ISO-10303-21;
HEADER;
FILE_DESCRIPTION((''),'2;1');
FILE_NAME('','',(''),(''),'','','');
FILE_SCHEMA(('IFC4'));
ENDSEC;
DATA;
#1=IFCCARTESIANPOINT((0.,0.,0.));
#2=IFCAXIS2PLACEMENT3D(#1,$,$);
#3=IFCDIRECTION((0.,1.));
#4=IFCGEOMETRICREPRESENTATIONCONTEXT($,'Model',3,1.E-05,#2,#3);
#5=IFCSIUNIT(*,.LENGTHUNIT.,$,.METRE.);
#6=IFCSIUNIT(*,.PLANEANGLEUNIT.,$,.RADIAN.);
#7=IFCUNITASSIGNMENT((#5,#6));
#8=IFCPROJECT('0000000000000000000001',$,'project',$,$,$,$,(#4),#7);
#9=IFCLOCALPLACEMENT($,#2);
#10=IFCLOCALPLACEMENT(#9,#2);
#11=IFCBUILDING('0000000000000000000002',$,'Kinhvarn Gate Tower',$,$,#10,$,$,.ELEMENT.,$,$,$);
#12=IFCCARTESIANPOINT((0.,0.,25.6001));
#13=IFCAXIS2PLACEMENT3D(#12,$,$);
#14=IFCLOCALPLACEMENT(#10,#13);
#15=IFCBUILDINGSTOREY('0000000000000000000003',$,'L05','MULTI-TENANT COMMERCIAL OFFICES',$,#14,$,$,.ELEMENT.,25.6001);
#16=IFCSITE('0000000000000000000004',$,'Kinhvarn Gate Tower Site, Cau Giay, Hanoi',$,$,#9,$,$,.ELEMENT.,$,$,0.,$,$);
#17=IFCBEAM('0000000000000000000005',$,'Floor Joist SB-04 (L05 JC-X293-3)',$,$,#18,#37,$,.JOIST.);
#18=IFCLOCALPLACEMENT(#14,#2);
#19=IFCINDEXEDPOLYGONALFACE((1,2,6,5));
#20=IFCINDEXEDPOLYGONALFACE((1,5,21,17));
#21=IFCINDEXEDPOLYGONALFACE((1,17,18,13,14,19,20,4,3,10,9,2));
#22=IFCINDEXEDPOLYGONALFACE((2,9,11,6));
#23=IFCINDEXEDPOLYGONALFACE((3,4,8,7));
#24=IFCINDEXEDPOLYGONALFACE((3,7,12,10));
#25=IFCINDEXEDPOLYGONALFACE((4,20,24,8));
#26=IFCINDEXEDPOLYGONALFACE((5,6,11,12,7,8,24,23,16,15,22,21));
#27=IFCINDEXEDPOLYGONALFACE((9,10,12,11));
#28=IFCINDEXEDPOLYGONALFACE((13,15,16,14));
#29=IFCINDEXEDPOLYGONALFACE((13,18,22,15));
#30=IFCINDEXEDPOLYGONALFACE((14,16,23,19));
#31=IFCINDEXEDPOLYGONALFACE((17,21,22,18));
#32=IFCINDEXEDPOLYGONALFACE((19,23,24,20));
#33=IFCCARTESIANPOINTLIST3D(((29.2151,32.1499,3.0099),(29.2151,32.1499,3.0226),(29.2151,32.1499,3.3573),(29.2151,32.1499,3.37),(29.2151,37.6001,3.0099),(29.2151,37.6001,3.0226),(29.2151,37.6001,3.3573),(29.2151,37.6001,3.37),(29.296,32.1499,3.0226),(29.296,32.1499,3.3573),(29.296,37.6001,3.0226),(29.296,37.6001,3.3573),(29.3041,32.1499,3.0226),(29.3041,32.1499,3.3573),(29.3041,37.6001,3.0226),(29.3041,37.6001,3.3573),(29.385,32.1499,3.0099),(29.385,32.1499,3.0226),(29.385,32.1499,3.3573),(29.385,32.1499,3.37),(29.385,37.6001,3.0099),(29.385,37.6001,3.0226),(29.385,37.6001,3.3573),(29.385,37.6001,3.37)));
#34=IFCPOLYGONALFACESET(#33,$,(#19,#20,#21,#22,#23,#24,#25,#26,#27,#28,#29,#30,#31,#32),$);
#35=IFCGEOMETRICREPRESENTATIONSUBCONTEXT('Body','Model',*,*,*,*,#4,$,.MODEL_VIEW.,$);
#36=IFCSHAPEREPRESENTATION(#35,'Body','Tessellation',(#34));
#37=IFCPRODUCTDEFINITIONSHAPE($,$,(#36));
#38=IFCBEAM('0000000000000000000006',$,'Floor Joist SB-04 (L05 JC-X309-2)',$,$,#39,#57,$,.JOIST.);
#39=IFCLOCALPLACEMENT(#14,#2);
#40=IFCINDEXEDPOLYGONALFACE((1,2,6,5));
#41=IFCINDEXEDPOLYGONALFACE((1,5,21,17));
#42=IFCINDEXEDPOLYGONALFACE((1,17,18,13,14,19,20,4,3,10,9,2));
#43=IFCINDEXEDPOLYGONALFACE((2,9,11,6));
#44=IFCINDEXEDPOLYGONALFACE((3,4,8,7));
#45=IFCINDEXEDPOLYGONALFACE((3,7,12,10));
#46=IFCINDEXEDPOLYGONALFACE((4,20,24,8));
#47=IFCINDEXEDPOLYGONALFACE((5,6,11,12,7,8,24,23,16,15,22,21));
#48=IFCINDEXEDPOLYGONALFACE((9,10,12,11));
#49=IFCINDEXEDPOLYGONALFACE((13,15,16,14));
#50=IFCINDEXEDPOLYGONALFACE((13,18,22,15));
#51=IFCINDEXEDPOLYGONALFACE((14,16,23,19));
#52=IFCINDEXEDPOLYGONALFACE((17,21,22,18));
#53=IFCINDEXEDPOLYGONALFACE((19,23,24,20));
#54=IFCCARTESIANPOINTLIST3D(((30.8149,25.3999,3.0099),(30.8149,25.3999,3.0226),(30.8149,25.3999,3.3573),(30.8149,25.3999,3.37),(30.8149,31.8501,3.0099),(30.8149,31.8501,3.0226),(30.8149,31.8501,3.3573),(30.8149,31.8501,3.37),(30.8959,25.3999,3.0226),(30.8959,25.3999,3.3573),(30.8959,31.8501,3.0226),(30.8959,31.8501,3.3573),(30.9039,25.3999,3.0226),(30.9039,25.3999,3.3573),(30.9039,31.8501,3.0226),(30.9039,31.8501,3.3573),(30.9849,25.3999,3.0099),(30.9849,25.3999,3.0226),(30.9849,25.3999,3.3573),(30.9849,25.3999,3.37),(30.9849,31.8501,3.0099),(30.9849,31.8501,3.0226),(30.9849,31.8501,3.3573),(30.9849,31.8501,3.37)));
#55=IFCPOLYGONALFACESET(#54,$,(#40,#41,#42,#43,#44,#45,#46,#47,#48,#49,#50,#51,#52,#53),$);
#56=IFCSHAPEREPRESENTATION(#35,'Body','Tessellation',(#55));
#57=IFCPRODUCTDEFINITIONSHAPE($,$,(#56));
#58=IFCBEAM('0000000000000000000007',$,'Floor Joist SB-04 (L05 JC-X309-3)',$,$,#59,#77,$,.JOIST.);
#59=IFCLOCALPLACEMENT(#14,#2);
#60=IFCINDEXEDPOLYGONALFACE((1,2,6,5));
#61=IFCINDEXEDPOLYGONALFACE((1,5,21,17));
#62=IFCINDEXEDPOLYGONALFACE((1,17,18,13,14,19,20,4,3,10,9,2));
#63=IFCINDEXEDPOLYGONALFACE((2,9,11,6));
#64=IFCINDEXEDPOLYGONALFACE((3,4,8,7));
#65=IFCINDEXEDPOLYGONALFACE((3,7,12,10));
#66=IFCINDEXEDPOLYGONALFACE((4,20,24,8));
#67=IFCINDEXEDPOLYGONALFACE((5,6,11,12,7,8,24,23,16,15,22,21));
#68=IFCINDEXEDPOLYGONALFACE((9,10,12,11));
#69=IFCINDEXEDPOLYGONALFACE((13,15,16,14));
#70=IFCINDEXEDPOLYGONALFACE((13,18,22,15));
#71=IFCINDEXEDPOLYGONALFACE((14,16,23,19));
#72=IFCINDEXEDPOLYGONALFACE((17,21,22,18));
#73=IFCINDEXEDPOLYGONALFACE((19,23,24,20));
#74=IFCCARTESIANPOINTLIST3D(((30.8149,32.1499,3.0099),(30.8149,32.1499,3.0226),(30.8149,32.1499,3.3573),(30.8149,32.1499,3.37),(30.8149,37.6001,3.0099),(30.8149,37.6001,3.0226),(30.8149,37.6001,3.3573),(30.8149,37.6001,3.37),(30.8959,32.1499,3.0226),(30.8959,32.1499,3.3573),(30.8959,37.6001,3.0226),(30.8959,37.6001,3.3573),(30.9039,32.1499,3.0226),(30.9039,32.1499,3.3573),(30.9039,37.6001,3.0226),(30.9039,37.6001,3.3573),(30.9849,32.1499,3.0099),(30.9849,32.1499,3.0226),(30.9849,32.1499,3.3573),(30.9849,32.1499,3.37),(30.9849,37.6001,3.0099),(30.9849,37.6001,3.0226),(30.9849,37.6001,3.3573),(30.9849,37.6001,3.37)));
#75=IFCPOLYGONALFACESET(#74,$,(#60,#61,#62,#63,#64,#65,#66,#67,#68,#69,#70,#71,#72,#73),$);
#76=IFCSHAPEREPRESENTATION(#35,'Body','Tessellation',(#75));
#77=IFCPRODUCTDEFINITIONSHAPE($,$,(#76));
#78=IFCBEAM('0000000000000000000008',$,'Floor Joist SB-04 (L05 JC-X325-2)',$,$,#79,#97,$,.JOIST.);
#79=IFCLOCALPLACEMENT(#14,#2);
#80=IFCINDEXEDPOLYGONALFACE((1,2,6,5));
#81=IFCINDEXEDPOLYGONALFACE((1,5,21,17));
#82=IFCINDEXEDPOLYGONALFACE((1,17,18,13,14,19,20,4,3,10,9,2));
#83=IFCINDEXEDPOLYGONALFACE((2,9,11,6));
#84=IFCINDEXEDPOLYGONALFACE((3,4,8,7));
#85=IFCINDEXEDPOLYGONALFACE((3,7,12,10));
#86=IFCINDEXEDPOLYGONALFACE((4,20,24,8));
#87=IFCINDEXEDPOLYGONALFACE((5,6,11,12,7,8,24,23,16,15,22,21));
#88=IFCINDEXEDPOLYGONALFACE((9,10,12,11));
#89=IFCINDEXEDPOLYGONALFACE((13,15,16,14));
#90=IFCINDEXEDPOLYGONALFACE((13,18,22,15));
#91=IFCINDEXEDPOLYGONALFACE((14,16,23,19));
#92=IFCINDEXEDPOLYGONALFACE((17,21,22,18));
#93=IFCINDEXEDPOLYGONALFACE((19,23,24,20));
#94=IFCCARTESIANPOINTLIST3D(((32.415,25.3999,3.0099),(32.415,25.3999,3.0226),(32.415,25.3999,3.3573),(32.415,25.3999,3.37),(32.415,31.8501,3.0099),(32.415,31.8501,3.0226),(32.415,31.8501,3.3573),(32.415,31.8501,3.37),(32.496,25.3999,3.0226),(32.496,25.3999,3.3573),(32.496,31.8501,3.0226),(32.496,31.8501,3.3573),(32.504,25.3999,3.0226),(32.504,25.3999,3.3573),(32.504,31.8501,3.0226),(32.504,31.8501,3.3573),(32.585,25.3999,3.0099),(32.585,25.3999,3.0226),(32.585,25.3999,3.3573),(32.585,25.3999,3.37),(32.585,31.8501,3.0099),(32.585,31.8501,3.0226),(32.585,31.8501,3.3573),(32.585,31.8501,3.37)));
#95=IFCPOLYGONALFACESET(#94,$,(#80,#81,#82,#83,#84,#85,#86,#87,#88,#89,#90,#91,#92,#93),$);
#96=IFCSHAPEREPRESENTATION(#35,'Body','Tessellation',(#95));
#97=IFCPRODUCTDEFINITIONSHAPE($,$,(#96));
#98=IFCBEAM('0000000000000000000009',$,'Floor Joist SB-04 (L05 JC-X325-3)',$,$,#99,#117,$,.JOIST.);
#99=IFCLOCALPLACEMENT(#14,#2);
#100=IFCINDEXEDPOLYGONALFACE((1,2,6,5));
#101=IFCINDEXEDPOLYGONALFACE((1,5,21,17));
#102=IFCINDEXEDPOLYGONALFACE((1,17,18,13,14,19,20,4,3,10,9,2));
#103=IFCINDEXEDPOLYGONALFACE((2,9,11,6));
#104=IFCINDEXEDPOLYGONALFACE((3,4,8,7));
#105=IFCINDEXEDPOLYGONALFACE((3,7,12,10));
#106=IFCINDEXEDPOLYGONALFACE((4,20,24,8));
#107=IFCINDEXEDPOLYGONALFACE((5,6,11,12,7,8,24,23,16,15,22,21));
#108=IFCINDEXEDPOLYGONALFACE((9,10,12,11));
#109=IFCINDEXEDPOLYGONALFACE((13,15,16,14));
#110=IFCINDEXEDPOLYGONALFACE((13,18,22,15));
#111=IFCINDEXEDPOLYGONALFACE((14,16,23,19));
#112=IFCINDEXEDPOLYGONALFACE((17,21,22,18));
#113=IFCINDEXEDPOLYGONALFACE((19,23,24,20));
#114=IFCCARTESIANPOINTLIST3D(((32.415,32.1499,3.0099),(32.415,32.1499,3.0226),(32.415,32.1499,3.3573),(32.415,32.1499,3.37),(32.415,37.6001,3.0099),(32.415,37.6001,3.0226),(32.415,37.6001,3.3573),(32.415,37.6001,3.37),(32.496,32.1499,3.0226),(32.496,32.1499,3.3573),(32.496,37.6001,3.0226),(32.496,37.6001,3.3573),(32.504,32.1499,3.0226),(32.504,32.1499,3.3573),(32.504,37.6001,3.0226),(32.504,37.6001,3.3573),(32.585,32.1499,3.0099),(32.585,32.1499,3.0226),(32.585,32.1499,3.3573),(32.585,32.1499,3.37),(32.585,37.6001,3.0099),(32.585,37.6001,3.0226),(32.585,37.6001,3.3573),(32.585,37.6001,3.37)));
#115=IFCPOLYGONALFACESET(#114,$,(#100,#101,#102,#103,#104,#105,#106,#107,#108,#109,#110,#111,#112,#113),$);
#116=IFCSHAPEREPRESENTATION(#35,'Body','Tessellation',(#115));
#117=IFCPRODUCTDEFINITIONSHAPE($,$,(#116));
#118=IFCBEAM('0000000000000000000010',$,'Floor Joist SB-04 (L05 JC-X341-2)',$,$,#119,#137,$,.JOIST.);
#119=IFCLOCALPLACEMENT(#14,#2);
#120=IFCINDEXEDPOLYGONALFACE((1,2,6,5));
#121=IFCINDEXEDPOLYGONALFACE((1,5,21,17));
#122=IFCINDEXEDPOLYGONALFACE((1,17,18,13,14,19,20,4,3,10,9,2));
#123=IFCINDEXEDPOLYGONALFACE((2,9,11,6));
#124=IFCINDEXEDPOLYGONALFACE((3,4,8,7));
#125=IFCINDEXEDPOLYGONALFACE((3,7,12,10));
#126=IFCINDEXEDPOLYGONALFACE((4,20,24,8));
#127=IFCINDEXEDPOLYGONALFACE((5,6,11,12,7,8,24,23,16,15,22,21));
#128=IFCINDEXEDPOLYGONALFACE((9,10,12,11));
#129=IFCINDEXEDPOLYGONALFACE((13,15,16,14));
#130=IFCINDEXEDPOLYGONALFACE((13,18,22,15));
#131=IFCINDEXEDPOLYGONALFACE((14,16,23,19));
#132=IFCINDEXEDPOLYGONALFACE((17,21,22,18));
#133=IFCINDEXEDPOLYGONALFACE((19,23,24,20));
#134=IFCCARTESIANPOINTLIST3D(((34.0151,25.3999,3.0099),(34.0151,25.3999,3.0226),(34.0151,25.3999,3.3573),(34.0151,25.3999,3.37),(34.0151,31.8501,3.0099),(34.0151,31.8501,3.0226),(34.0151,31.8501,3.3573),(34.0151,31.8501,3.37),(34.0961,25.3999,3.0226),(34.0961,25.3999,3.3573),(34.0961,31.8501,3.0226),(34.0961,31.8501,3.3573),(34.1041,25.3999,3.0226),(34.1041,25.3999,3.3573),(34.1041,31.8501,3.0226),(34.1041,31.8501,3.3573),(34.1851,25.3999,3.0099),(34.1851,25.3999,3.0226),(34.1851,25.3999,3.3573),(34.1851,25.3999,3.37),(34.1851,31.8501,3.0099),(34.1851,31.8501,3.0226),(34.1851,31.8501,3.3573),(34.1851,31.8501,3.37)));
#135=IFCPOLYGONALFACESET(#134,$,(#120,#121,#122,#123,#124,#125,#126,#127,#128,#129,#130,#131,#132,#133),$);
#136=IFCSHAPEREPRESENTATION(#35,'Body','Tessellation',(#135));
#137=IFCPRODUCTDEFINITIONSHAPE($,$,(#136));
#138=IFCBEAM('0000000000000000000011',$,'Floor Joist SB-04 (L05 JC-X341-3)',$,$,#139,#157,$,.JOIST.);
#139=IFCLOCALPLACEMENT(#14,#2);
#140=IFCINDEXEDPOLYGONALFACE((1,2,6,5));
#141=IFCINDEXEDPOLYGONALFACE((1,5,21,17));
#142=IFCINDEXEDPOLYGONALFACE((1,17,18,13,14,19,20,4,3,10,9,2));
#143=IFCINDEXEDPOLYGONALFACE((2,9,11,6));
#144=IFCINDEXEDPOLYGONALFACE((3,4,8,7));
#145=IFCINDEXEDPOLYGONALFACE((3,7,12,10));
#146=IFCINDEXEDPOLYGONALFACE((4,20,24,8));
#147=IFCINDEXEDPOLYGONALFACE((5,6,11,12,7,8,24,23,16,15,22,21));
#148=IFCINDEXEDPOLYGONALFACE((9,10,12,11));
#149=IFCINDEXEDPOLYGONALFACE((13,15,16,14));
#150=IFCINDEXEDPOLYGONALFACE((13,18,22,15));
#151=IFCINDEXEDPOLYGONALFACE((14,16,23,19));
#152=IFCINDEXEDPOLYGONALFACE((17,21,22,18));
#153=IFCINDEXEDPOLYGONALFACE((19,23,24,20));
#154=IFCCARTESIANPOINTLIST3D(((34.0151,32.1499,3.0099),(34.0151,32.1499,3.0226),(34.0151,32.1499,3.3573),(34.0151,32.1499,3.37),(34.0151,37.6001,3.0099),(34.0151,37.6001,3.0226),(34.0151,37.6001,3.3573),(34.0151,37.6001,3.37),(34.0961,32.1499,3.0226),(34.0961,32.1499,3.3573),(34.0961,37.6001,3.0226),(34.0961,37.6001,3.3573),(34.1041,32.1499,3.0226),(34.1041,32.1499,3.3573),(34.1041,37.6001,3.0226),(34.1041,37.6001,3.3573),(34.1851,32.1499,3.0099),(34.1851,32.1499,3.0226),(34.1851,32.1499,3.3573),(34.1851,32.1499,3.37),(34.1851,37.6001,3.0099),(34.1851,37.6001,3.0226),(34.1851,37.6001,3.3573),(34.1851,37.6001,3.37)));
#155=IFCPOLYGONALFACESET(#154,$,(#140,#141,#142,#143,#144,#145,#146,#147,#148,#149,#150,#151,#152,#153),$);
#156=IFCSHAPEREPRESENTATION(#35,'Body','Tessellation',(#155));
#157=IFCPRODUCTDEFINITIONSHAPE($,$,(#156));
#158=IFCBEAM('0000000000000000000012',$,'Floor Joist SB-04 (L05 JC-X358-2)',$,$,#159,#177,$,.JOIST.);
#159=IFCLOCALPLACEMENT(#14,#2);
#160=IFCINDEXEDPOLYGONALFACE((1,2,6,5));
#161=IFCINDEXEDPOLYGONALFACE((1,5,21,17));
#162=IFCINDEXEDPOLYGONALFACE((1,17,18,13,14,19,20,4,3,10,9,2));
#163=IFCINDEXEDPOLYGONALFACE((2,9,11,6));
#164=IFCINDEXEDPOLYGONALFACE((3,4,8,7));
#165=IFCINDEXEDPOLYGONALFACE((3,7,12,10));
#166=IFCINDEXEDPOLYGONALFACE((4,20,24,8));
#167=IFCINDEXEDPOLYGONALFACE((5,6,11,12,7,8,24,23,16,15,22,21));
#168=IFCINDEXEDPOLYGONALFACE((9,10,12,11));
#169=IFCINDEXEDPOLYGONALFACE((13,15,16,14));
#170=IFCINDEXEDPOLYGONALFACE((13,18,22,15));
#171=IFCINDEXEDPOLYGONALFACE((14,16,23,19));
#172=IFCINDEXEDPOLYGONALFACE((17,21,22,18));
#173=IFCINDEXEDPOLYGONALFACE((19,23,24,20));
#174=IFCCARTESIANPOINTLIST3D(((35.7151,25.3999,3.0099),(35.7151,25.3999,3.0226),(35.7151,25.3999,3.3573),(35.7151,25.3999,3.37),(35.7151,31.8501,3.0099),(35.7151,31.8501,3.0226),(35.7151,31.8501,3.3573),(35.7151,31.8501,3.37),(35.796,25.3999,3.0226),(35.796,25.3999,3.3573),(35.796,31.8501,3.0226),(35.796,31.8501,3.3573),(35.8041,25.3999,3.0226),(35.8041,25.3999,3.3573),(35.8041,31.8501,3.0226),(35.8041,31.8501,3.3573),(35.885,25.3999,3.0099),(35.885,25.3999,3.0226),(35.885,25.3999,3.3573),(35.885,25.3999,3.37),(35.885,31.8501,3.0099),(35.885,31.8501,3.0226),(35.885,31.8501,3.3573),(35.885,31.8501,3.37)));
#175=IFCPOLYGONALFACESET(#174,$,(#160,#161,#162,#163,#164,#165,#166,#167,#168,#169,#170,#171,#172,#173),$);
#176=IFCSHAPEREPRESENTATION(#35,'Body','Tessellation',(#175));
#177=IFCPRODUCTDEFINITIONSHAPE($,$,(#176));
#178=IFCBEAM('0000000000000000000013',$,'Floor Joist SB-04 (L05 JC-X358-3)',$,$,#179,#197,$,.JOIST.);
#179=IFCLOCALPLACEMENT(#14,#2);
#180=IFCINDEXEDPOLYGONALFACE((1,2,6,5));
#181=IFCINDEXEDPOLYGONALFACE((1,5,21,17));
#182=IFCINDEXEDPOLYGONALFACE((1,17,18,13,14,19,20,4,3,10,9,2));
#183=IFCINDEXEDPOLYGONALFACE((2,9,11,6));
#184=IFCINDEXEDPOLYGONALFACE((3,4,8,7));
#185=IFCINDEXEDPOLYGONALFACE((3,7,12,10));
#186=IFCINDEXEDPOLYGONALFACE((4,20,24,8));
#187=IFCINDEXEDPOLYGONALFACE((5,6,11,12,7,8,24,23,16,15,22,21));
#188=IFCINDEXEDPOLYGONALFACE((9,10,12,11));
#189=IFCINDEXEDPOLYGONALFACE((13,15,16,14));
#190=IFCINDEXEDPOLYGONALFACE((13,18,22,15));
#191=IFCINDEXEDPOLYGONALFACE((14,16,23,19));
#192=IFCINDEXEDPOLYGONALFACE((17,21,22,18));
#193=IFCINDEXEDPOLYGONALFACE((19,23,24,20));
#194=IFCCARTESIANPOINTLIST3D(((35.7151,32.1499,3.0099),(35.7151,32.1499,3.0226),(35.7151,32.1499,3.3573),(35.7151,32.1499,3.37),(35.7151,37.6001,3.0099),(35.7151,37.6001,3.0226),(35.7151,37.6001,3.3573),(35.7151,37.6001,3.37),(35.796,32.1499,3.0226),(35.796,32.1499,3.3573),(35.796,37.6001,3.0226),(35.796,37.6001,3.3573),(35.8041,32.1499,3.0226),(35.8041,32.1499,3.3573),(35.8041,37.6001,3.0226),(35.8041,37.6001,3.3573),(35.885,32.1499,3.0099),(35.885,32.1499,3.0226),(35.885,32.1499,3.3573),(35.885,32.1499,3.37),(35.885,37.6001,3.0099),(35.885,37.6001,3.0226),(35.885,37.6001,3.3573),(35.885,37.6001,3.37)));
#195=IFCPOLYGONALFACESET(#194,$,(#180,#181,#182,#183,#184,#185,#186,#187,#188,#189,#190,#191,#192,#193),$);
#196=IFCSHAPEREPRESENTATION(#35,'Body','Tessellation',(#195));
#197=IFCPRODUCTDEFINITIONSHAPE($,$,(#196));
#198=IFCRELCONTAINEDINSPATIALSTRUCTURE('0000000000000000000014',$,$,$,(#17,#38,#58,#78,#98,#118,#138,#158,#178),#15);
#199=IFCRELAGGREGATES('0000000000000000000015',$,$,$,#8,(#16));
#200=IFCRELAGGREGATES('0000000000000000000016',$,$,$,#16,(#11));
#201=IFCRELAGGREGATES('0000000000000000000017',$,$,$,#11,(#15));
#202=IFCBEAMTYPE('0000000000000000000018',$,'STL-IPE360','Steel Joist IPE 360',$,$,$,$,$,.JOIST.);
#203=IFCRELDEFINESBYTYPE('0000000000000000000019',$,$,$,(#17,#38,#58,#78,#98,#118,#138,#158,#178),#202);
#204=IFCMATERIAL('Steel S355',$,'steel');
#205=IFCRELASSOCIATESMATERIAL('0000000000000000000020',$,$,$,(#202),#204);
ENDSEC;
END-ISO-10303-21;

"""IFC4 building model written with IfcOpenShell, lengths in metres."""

from ifc_helpers import new_model, si_unit, direction, frame, origin, origin_2d, place, context, subcontext, project, spatial, i_section, extrude, material, material_profile, profile_set, type_object, element, save


model = new_model("IFC4")

# Units and contexts
model_context = context("Model", 3, precision=1e-05, world=origin(), true_north=direction((0.0, 1.0)))
body_context = subcontext(model_context, "Body", "Model", "MODEL_VIEW")
ifc_project = project(units=[si_unit("LENGTHUNIT", "METRE"), si_unit("PLANEANGLEUNIT", "RADIAN")], contexts=[model_context])

# Site, building, storey
site_placement = place(None, origin())
site = spatial("IfcSite", under=ifc_project, at=site_placement, Name="Kinhvarn Gate Tower Site, Cau Giay, Hanoi", CompositionType="ELEMENT", RefElevation=0.0)
building_placement = place(site_placement, origin())
building = spatial("IfcBuilding", under=site, at=building_placement, Name="Kinhvarn Gate Tower", CompositionType="ELEMENT")
storey_placement = place(building_placement, frame((0.0, 0.0, 25.6001)))
storey = spatial("IfcBuildingStorey", under=building, at=storey_placement, Name="L05", Description="MULTI-TENANT COMMERCIAL OFFICES", CompositionType="ELEMENT", Elevation=25.6001)

# Beams
ifc_material_1 = material(Name="Steel S355", Category="steel")
ifc_material_profile_1 = material_profile(ifc_material_1, i_section(OverallWidth=0.1699, OverallDepth=0.3601, WebThickness=0.0081, FlangeThickness=0.0127, at=origin_2d()), Name="IPE 360")
ifc_profile_set_1 = profile_set([ifc_material_profile_1], Name="Steel S355")
beam_type_1 = type_object("IfcBeamType", Name="STL-IPE360", Description="Steel Joist IPE 360", PredefinedType="JOIST", material=ifc_profile_set_1)
beam_1_placement = place(storey_placement, frame((29.3, 32.1499, 3.1899), z_axis=(0.0, 1.0, 0.0), x_axis=(-1.0, 0.0, 0.0)))
element("IfcBeam", 1, at=beam_1_placement, inside=storey, type_object=beam_type_1, Name="Floor Joist SB-04 (L05 JC-X293-3)", PredefinedType="JOIST", context=body_context, shape_type="SweptSolid", body=[
    extrude(i_section(OverallWidth=0.1699, OverallDepth=0.3601, WebThickness=0.0081, FlangeThickness=0.0127, at=origin_2d()), origin(), (0.0, 0.0, 1.0), 5.4502),
])
beam_2_placement = place(storey_placement, frame((30.8999, 25.3999, 3.1899), z_axis=(0.0, 1.0, 0.0), x_axis=(-1.0, 0.0, 0.0)))
element("IfcBeam", 2, at=beam_2_placement, inside=storey, type_object=beam_type_1, Name="Floor Joist SB-04 (L05 JC-X309-2)", PredefinedType="JOIST", context=body_context, shape_type="SweptSolid", body=[
    extrude(i_section(OverallWidth=0.1699, OverallDepth=0.3601, WebThickness=0.0081, FlangeThickness=0.0127, at=origin_2d()), origin(), (0.0, 0.0, 1.0), 6.4502),
])
beam_3_placement = place(storey_placement, frame((30.8999, 32.1499, 3.1899), z_axis=(0.0, 1.0, 0.0), x_axis=(-1.0, 0.0, 0.0)))
element("IfcBeam", 3, at=beam_3_placement, inside=storey, type_object=beam_type_1, Name="Floor Joist SB-04 (L05 JC-X309-3)", PredefinedType="JOIST", context=body_context, shape_type="SweptSolid", body=[
    extrude(i_section(OverallWidth=0.1699, OverallDepth=0.3601, WebThickness=0.0081, FlangeThickness=0.0127, at=origin_2d()), origin(), (0.0, 0.0, 1.0), 5.4502),
])
beam_4_placement = place(storey_placement, frame((32.5, 25.3999, 3.1899), z_axis=(0.0, 1.0, 0.0), x_axis=(-1.0, 0.0, 0.0)))
element("IfcBeam", 4, at=beam_4_placement, inside=storey, type_object=beam_type_1, Name="Floor Joist SB-04 (L05 JC-X325-2)", PredefinedType="JOIST", context=body_context, shape_type="SweptSolid", body=[
    extrude(i_section(OverallWidth=0.1699, OverallDepth=0.3601, WebThickness=0.0081, FlangeThickness=0.0127, at=origin_2d()), origin(), (0.0, 0.0, 1.0), 6.4502),
])
beam_5_placement = place(storey_placement, frame((32.5, 32.1499, 3.1899), z_axis=(0.0, 1.0, 0.0), x_axis=(-1.0, 0.0, 0.0)))
element("IfcBeam", 5, at=beam_5_placement, inside=storey, type_object=beam_type_1, Name="Floor Joist SB-04 (L05 JC-X325-3)", PredefinedType="JOIST", context=body_context, shape_type="SweptSolid", body=[
    extrude(i_section(OverallWidth=0.1699, OverallDepth=0.3601, WebThickness=0.0081, FlangeThickness=0.0127, at=origin_2d()), origin(), (0.0, 0.0, 1.0), 5.4502),
])
beam_6_placement = place(storey_placement, frame((34.1001, 25.3999, 3.1899), z_axis=(0.0, 1.0, 0.0), x_axis=(-1.0, 0.0, 0.0)))
element("IfcBeam", 6, at=beam_6_placement, inside=storey, type_object=beam_type_1, Name="Floor Joist SB-04 (L05 JC-X341-2)", PredefinedType="JOIST", context=body_context, shape_type="SweptSolid", body=[
    extrude(i_section(OverallWidth=0.1699, OverallDepth=0.3601, WebThickness=0.0081, FlangeThickness=0.0127, at=origin_2d()), origin(), (0.0, 0.0, 1.0), 6.4502),
])
beam_7_placement = place(storey_placement, frame((34.1001, 32.1499, 3.1899), z_axis=(0.0, 1.0, 0.0), x_axis=(-1.0, 0.0, 0.0)))
element("IfcBeam", 7, at=beam_7_placement, inside=storey, type_object=beam_type_1, Name="Floor Joist SB-04 (L05 JC-X341-3)", PredefinedType="JOIST", context=body_context, shape_type="SweptSolid", body=[
    extrude(i_section(OverallWidth=0.1699, OverallDepth=0.3601, WebThickness=0.0081, FlangeThickness=0.0127, at=origin_2d()), origin(), (0.0, 0.0, 1.0), 5.4502),
])
beam_8_placement = place(storey_placement, frame((35.8, 25.3999, 3.1899), z_axis=(0.0, 1.0, 0.0), x_axis=(-1.0, 0.0, 0.0)))
element("IfcBeam", 8, at=beam_8_placement, inside=storey, type_object=beam_type_1, Name="Floor Joist SB-04 (L05 JC-X358-2)", PredefinedType="JOIST", context=body_context, shape_type="SweptSolid", body=[
    extrude(i_section(OverallWidth=0.1699, OverallDepth=0.3601, WebThickness=0.0081, FlangeThickness=0.0127, at=origin_2d()), origin(), (0.0, 0.0, 1.0), 6.4502),
])
beam_9_placement = place(storey_placement, frame((35.8, 32.1499, 3.1899), z_axis=(0.0, 1.0, 0.0), x_axis=(-1.0, 0.0, 0.0)))
element("IfcBeam", 9, at=beam_9_placement, inside=storey, type_object=beam_type_1, Name="Floor Joist SB-04 (L05 JC-X358-3)", PredefinedType="JOIST", context=body_context, shape_type="SweptSolid", body=[
    extrude(i_section(OverallWidth=0.1699, OverallDepth=0.3601, WebThickness=0.0081, FlangeThickness=0.0127, at=origin_2d()), origin(), (0.0, 0.0, 1.0), 5.4502),
])

save(model, "model.ifc")
